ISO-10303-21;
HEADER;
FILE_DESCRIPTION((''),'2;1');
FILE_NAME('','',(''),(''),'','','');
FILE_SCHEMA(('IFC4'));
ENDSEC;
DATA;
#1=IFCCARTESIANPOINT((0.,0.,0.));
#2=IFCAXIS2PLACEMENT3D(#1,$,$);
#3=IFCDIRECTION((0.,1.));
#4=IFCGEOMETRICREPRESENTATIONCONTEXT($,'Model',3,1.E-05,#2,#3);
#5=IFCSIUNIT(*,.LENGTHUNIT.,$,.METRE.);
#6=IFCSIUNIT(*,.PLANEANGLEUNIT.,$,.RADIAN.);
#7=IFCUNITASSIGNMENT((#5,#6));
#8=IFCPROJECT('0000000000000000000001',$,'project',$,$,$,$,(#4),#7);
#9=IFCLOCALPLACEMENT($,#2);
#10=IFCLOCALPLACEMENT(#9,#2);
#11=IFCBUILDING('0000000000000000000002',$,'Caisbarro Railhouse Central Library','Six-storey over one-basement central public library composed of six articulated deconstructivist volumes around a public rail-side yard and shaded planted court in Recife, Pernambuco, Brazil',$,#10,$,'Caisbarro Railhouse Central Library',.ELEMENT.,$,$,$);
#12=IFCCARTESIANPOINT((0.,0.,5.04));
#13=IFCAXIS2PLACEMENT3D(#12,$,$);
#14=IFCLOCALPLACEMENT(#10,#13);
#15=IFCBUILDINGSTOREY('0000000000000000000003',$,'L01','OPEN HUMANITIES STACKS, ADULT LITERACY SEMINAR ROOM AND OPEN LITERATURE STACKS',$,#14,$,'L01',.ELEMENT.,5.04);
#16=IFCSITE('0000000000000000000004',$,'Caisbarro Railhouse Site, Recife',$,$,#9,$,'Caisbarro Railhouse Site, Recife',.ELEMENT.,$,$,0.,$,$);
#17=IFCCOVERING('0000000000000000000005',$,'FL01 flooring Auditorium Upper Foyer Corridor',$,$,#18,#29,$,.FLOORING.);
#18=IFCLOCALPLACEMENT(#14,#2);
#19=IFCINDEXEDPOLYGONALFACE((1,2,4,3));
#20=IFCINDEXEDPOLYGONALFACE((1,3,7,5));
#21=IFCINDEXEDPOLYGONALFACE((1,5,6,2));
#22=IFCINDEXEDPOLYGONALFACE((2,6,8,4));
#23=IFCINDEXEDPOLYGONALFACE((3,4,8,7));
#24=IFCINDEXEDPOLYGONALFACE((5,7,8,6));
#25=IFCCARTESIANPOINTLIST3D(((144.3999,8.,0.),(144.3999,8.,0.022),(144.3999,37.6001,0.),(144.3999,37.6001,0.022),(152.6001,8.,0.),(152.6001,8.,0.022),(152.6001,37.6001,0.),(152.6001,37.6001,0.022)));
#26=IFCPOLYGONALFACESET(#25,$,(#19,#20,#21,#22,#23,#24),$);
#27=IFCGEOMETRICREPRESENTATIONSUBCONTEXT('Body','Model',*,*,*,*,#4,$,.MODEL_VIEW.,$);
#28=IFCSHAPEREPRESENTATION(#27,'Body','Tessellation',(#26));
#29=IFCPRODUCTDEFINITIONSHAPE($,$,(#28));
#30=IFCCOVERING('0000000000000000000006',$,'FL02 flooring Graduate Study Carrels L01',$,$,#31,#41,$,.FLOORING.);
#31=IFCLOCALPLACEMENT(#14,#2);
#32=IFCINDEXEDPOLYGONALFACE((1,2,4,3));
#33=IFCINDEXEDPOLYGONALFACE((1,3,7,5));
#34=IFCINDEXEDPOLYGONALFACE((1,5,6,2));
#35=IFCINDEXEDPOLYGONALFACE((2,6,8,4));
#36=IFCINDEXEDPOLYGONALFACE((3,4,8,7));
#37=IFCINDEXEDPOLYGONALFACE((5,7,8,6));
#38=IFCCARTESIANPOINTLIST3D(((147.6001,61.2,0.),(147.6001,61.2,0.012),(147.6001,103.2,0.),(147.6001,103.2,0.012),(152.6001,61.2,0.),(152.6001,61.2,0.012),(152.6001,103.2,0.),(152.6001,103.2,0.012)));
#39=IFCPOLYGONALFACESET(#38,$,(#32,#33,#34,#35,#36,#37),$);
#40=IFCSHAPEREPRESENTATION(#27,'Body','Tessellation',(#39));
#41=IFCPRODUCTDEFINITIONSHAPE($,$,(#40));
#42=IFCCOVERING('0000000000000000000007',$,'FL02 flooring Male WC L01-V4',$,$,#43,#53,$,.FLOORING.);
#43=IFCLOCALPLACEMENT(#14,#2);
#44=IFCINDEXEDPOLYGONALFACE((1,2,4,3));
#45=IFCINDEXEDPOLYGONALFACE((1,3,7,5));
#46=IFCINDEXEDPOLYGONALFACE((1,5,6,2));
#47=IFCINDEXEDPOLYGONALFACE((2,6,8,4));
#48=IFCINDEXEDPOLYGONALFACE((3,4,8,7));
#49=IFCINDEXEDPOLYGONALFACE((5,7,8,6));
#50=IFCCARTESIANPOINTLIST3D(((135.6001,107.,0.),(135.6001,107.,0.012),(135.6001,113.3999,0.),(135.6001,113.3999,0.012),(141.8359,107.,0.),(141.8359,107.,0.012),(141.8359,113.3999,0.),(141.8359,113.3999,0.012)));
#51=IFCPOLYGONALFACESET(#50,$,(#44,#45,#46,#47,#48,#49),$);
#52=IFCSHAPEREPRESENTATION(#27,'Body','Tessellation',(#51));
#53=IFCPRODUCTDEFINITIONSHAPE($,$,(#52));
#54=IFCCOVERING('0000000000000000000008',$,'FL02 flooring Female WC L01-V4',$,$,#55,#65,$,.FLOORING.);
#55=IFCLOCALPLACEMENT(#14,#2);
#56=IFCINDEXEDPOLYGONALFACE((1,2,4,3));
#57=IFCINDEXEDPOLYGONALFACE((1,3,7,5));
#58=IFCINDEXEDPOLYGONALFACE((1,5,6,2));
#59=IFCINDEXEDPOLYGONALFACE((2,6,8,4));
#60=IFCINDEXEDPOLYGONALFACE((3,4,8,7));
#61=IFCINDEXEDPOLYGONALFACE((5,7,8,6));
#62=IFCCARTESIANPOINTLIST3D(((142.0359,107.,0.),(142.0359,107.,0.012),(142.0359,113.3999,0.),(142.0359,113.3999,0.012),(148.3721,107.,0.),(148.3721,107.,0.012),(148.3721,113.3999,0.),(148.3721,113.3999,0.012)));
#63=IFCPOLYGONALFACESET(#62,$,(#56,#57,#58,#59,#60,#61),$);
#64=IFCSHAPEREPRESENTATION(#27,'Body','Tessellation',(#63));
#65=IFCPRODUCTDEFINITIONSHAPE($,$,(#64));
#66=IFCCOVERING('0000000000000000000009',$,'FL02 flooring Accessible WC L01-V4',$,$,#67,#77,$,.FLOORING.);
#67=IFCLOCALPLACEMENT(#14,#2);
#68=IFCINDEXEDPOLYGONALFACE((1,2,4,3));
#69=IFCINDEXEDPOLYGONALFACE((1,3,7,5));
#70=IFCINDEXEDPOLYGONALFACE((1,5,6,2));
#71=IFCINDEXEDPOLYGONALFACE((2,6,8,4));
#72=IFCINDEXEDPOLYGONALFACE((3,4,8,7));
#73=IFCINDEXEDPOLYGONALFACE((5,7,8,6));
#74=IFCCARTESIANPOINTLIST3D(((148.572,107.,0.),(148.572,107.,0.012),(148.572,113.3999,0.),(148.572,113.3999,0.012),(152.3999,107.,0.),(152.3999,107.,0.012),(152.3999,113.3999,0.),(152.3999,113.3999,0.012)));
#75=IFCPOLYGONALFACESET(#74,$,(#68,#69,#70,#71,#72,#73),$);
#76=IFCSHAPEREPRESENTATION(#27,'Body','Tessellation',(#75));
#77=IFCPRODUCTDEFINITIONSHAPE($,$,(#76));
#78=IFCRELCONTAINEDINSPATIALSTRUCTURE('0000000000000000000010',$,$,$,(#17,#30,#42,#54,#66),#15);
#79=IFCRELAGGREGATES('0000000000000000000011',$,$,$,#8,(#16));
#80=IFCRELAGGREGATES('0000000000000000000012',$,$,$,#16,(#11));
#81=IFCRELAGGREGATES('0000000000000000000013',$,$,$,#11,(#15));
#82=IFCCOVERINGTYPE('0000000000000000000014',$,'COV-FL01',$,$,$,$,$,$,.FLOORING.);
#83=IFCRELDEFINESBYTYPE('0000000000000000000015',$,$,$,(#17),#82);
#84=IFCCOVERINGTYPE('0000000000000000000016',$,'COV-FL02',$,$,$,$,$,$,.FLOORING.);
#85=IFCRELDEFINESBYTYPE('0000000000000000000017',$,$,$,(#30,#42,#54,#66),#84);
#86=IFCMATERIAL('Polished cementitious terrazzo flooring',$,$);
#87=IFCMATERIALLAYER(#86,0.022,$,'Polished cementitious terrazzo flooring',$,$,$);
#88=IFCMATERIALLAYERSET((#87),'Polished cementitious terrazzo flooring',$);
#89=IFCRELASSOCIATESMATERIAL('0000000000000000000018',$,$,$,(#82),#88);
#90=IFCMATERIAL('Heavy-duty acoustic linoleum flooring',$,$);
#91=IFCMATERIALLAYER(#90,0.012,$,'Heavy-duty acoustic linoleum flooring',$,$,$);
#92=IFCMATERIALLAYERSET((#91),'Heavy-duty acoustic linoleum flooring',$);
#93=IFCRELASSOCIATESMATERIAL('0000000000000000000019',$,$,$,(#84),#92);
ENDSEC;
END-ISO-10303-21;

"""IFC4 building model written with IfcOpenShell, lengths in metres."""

from ifc_helpers import new_model, si_unit, direction, frame, origin, place, context, subcontext, project, spatial, polyline, outline, extrude, material, layer, layer_set, type_object, element, save


model = new_model("IFC4")

# Units and contexts
model_context = context("Model", 3, precision=1e-05, world=origin(), true_north=direction((0.0, 1.0)))
body_context = subcontext(model_context, "Body", "Model", "MODEL_VIEW")
ifc_project = project(units=[si_unit("LENGTHUNIT", "METRE"), si_unit("PLANEANGLEUNIT", "RADIAN")], contexts=[model_context])

# Site, building, storey
site_placement = place(None, origin())
site = spatial("IfcSite", under=ifc_project, at=site_placement, Name="Caisbarro Railhouse Site, Recife", LongName="Caisbarro Railhouse Site, Recife", CompositionType="ELEMENT", RefElevation=0.0)
building_placement = place(site_placement, origin())
building = spatial("IfcBuilding", under=site, at=building_placement, Name="Caisbarro Railhouse Central Library", Description="Six-storey over one-basement central public library composed of six articulated deconstructivist volumes around a public rail-side yard and shaded planted court in Recife, Pernambuco, Brazil", LongName="Caisbarro Railhouse Central Library", CompositionType="ELEMENT")
storey_placement = place(building_placement, frame((0.0, 0.0, 5.04)))
storey = spatial("IfcBuildingStorey", under=building, at=storey_placement, Name="L01", Description="OPEN HUMANITIES STACKS, ADULT LITERACY SEMINAR ROOM AND OPEN LITERATURE STACKS", LongName="L01", CompositionType="ELEMENT", Elevation=5.04)

# Coverings
ifc_material_1 = material(Name="Polished cementitious terrazzo flooring")
ifc_layer_1 = layer(ifc_material_1, 0.022, Name="Polished cementitious terrazzo flooring")
ifc_layer_set_1 = layer_set([ifc_layer_1], Name="Polished cementitious terrazzo flooring")
covering_type_1 = type_object("IfcCoveringType", Name="COV-FL01", PredefinedType="FLOORING", material=ifc_layer_set_1)
covering_1_placement = place(storey_placement, origin())
element("IfcCovering", 1, at=covering_1_placement, inside=storey, type_object=covering_type_1, Name="FL01 flooring Auditorium Upper Foyer Corridor", PredefinedType="FLOORING", context=body_context, shape_type="SweptSolid", body=[
    extrude(outline(polyline([(144.3999, 8.0), (152.6001, 8.0), (152.6001, 37.6001), (144.3999, 37.6001), (144.3999, 8.0)])), origin(), (0.0, 0.0, 1.0), 0.022),
])
ifc_material_2 = material(Name="Heavy-duty acoustic linoleum flooring")
ifc_layer_2 = layer(ifc_material_2, 0.012, Name="Heavy-duty acoustic linoleum flooring")
ifc_layer_set_2 = layer_set([ifc_layer_2], Name="Heavy-duty acoustic linoleum flooring")
covering_type_2 = type_object("IfcCoveringType", Name="COV-FL02", PredefinedType="FLOORING", material=ifc_layer_set_2)
covering_2_placement = place(storey_placement, origin())
element("IfcCovering", 2, at=covering_2_placement, inside=storey, type_object=covering_type_2, Name="FL02 flooring Graduate Study Carrels L01", PredefinedType="FLOORING", context=body_context, shape_type="SweptSolid", body=[
    extrude(outline(polyline([(147.6001, 61.2), (152.6001, 61.2), (152.6001, 103.2), (147.6001, 103.2), (147.6001, 61.2)])), origin(), (0.0, 0.0, 1.0), 0.012),
])
covering_3_placement = place(storey_placement, origin())
element("IfcCovering", 3, at=covering_3_placement, inside=storey, type_object=covering_type_2, Name="FL02 flooring Male WC L01-V4", PredefinedType="FLOORING", context=body_context, shape_type="SweptSolid", body=[
    extrude(outline(polyline([(135.6001, 107.0), (141.8359, 107.0), (141.8359, 113.3999), (135.6001, 113.3999), (135.6001, 107.0)])), origin(), (0.0, 0.0, 1.0), 0.012),
])
covering_4_placement = place(storey_placement, origin())
element("IfcCovering", 4, at=covering_4_placement, inside=storey, type_object=covering_type_2, Name="FL02 flooring Female WC L01-V4", PredefinedType="FLOORING", context=body_context, shape_type="SweptSolid", body=[
    extrude(outline(polyline([(142.0359, 107.0), (148.3721, 107.0), (148.3721, 113.3999), (142.0359, 113.3999), (142.0359, 107.0)])), origin(), (0.0, 0.0, 1.0), 0.012),
])
covering_5_placement = place(storey_placement, origin())
element("IfcCovering", 5, at=covering_5_placement, inside=storey, type_object=covering_type_2, Name="FL02 flooring Accessible WC L01-V4", PredefinedType="FLOORING", context=body_context, shape_type="SweptSolid", body=[
    extrude(outline(polyline([(148.572, 107.0), (152.3999, 107.0), (152.3999, 113.3999), (148.572, 113.3999), (148.572, 107.0)])), origin(), (0.0, 0.0, 1.0), 0.012),
])

save(model, "model.ifc")
